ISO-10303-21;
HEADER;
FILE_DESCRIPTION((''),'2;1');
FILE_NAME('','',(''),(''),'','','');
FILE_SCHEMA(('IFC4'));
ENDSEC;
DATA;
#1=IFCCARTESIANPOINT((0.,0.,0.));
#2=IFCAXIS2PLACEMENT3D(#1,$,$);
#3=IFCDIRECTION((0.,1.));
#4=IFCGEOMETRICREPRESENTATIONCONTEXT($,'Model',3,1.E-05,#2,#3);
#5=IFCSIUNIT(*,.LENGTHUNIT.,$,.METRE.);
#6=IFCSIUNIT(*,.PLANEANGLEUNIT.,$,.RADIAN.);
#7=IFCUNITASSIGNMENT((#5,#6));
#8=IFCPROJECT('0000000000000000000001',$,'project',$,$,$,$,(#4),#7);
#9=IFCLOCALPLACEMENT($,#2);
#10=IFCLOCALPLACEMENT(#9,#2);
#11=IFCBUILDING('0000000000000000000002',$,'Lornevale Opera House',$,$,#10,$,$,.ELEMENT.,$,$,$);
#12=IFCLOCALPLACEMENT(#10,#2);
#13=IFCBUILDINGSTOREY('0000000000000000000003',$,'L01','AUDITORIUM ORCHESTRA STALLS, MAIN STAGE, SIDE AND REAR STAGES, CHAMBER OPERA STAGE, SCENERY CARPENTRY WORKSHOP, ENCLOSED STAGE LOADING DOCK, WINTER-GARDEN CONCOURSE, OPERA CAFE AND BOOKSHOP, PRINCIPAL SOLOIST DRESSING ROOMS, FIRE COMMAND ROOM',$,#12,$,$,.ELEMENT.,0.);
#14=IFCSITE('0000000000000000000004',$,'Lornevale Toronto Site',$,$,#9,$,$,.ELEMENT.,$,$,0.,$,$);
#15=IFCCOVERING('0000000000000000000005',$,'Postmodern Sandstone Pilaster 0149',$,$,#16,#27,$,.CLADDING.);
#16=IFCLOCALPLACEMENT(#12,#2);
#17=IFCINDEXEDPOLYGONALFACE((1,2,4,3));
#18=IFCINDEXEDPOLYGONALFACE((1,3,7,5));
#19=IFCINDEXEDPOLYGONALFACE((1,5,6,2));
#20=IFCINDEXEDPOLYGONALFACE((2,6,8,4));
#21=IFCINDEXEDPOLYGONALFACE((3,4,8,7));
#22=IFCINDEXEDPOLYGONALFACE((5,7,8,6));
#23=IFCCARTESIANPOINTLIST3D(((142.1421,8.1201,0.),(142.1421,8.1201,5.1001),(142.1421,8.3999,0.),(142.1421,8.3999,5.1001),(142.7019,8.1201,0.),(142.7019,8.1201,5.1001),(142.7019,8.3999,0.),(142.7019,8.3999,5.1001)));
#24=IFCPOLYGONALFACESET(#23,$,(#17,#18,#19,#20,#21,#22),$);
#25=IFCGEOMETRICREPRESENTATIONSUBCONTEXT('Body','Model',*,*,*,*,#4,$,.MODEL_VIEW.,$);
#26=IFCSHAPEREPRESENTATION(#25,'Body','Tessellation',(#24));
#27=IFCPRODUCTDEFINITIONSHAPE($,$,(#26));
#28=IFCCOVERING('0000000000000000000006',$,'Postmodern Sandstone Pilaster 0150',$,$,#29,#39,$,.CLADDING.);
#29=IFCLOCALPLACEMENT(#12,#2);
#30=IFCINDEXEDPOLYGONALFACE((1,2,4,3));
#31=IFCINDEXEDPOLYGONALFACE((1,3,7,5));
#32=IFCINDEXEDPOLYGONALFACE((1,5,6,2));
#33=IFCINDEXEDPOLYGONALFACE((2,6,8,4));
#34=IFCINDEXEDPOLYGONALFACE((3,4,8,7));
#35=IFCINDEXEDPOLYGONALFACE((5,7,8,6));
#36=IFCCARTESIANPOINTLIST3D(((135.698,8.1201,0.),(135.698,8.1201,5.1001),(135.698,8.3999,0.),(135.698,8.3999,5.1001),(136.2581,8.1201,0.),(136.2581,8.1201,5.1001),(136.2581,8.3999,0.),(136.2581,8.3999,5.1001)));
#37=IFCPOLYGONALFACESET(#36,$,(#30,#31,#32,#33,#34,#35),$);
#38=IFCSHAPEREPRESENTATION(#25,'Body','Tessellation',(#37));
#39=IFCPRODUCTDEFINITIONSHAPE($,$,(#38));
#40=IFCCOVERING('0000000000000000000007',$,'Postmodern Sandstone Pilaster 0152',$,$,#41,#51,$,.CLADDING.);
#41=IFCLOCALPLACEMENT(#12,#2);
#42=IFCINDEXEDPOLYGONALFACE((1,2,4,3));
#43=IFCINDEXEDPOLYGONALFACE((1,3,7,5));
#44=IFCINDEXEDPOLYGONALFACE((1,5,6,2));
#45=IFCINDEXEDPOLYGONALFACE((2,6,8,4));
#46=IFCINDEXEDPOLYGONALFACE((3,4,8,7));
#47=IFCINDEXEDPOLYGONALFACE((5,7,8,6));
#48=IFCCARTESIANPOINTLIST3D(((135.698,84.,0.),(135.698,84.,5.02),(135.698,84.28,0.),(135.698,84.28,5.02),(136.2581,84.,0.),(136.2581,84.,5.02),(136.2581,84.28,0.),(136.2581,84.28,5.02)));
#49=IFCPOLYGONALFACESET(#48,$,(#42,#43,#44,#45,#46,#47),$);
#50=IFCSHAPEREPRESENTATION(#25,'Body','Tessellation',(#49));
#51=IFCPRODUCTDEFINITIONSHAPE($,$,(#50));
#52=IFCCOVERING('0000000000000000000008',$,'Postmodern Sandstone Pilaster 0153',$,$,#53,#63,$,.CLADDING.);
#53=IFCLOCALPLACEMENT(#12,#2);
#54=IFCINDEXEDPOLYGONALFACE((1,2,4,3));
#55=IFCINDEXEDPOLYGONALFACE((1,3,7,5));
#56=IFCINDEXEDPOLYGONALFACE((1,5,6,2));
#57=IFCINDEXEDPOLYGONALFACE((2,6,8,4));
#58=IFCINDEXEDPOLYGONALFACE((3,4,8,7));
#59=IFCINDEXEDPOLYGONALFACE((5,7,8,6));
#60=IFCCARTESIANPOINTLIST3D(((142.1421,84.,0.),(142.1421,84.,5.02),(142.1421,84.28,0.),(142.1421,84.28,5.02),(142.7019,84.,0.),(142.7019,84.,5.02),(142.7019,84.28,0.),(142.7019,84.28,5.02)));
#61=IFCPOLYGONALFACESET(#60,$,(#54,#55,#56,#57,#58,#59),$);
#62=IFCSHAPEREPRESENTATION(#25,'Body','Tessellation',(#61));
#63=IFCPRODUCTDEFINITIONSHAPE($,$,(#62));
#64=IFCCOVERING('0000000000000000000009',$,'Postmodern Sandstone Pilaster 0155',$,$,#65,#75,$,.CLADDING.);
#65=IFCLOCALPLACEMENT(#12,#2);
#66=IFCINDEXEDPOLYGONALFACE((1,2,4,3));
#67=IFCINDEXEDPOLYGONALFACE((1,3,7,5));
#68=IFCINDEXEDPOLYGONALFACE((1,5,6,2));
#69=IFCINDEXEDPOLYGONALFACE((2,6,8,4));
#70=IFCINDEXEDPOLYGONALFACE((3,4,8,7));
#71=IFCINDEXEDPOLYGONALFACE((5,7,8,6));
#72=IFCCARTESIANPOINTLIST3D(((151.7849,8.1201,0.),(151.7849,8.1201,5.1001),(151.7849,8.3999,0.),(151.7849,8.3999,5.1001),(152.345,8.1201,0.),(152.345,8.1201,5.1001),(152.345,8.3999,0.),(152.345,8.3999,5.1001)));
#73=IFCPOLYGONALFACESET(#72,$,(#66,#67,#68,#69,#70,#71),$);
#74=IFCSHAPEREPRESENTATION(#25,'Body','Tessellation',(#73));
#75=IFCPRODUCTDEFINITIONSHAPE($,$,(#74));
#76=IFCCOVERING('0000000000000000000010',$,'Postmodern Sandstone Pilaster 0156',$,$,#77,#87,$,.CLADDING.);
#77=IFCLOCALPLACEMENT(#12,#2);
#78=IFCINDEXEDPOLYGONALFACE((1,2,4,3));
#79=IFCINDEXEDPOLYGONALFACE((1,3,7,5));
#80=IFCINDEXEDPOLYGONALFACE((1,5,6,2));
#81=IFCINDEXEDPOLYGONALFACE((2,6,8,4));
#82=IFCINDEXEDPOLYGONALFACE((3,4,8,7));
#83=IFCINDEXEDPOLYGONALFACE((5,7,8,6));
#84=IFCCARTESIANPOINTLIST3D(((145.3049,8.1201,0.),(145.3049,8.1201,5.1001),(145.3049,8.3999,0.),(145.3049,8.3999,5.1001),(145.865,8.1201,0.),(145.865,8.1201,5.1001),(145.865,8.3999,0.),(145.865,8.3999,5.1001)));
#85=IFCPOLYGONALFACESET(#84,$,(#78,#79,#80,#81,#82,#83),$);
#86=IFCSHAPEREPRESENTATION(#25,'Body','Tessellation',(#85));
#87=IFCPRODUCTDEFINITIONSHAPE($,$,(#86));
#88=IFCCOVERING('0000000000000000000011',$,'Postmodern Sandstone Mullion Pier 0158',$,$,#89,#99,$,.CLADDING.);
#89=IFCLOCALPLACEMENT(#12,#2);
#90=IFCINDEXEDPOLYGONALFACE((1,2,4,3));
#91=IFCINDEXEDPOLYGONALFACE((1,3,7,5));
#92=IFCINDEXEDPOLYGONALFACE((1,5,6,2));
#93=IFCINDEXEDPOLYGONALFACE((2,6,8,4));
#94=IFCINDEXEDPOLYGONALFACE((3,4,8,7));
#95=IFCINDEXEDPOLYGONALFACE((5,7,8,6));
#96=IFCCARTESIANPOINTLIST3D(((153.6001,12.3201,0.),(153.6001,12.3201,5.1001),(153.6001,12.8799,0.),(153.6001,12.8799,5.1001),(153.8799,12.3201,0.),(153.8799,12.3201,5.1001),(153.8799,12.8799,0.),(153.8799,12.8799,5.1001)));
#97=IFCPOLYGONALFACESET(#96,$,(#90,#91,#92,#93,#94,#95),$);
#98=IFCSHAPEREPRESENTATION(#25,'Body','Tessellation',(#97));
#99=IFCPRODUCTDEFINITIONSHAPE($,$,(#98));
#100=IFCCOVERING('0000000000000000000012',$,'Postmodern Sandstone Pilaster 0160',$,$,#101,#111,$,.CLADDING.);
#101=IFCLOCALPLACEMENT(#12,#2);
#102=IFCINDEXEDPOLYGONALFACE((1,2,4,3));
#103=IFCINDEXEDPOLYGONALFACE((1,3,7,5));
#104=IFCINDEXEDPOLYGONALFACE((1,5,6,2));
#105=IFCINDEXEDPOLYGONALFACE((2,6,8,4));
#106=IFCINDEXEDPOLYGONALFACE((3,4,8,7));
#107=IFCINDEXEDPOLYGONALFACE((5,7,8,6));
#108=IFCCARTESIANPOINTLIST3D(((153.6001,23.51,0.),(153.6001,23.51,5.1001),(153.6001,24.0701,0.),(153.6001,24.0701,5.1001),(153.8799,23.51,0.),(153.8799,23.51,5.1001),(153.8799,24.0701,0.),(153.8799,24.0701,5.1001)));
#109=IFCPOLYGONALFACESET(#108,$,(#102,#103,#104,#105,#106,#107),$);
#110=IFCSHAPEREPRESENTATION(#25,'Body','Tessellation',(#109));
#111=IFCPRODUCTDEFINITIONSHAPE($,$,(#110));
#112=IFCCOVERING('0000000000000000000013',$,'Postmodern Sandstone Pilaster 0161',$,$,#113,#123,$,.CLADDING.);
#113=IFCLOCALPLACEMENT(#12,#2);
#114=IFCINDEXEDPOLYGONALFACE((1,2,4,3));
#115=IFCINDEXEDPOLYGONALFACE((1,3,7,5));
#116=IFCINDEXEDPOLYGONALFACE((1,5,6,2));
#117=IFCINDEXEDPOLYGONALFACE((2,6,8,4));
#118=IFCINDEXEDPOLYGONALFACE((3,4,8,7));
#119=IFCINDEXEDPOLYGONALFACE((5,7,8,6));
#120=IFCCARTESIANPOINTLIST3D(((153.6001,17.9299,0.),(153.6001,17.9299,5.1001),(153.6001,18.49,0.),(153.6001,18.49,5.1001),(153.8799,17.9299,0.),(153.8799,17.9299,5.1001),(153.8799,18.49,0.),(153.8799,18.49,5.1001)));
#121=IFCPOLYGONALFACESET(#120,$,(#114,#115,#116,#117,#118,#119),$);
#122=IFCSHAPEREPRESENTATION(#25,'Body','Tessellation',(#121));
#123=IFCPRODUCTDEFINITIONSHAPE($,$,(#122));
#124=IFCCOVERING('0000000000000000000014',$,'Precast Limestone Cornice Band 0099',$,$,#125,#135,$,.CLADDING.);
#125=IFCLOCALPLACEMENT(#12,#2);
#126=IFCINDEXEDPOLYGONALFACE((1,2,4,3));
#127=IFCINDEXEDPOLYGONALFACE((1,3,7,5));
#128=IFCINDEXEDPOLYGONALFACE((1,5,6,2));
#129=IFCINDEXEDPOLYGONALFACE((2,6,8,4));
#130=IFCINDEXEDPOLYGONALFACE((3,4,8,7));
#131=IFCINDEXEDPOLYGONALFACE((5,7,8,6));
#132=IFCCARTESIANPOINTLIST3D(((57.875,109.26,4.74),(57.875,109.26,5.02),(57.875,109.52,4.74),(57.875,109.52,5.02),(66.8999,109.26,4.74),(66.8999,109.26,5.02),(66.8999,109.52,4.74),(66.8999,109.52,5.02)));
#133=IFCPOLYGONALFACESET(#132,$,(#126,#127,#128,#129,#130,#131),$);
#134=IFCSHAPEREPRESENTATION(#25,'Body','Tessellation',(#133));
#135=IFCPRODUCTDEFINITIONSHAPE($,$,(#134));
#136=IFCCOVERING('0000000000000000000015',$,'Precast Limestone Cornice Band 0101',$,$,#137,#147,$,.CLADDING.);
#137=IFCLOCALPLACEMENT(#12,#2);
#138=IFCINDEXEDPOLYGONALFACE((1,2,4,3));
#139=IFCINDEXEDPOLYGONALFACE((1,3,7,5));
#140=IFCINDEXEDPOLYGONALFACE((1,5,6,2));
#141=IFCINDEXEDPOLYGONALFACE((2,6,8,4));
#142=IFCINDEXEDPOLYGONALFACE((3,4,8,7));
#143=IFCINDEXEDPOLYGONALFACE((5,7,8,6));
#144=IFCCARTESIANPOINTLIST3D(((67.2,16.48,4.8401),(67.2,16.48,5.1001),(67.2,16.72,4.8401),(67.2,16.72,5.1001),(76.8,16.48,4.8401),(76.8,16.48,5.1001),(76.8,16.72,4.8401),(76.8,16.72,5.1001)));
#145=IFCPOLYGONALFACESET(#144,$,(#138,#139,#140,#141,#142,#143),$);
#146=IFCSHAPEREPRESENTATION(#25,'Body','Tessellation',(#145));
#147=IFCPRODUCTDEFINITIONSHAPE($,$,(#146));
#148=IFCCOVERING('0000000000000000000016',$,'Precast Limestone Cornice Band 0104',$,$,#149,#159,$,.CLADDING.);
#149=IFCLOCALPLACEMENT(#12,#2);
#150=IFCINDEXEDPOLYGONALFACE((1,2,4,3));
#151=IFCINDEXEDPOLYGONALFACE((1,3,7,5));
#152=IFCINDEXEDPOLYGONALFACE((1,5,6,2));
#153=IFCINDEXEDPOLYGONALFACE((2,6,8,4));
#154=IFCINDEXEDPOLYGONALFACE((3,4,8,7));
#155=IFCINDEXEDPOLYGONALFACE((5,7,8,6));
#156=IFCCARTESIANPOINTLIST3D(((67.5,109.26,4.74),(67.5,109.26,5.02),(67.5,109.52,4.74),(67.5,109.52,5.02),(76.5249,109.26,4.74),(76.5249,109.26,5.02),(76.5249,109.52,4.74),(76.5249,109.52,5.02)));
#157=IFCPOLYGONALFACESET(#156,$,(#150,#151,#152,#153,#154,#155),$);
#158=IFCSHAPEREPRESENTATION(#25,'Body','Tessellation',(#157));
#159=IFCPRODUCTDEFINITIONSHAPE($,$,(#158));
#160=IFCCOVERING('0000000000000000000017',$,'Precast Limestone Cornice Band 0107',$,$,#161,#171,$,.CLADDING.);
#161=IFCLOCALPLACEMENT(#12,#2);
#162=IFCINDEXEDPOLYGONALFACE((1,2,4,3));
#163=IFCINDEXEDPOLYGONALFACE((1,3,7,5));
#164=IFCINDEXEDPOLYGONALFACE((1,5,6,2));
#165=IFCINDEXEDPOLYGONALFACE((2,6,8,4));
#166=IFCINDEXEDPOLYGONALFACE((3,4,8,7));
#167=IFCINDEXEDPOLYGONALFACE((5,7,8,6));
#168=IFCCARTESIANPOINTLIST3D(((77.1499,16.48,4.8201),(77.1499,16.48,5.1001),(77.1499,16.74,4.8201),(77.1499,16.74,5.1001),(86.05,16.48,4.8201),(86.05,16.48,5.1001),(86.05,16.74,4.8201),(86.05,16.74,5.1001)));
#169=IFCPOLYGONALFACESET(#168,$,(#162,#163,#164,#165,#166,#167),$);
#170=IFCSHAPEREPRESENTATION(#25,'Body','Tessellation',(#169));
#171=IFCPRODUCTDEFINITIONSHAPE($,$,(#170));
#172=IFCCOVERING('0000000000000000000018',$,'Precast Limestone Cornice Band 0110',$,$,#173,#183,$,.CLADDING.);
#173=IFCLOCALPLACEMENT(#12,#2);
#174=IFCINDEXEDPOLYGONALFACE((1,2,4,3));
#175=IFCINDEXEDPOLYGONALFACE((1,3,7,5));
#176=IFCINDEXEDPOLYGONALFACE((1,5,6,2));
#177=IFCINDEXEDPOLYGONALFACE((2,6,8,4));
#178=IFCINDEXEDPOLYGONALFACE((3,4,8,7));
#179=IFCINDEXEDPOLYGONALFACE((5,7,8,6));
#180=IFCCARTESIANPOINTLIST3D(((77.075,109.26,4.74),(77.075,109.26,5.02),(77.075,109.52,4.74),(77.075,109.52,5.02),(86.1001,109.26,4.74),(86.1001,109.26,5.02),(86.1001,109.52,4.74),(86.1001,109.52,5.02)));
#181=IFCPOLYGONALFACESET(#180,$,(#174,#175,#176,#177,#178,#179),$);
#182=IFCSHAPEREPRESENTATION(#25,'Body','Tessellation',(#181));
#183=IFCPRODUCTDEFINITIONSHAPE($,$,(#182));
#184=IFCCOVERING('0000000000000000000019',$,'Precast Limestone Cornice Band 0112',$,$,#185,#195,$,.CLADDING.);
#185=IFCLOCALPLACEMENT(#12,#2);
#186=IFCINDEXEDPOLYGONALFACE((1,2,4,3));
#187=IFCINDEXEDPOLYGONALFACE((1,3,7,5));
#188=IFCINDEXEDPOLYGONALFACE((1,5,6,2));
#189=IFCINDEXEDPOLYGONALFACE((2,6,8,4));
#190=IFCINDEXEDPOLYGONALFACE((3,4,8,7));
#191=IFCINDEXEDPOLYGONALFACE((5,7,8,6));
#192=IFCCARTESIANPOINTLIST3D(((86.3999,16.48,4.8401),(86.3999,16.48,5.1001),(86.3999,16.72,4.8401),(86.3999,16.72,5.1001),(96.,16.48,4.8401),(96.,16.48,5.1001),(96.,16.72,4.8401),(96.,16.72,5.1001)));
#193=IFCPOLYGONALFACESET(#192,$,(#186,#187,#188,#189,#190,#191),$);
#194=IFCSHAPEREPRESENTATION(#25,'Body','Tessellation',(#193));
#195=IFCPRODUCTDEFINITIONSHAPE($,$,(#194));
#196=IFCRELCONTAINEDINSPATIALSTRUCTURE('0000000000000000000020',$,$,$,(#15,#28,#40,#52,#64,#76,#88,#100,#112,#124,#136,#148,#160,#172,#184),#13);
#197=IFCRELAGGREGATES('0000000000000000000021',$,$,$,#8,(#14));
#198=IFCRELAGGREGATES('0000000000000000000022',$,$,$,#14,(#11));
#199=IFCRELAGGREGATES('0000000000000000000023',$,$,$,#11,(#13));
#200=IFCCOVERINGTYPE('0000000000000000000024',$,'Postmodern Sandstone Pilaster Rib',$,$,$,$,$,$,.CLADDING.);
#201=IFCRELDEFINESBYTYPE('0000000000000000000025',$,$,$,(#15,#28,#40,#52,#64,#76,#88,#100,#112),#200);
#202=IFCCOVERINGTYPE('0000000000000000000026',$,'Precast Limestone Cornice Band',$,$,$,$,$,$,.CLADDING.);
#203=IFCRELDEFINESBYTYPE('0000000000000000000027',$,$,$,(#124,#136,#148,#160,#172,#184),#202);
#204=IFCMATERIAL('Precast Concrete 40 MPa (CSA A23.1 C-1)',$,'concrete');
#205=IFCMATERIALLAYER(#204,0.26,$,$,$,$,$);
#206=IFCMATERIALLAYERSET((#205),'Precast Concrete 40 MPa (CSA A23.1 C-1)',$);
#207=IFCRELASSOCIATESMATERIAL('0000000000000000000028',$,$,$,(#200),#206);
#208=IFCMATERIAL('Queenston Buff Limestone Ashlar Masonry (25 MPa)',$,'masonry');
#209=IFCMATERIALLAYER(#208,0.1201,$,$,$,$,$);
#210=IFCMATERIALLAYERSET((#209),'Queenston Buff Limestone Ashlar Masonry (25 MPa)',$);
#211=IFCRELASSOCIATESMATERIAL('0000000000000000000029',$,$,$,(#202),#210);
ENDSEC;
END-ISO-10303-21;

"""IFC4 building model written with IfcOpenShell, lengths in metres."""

from ifc_helpers import new_model, si_unit, direction, frame, origin, place, context, subcontext, project, spatial, polyline, outline, extrude, material, layer, layer_set, type_object, element, save


model = new_model("IFC4")

# Units and contexts
model_context = context("Model", 3, precision=1e-05, world=origin(), true_north=direction((0.0, 1.0)))
body_context = subcontext(model_context, "Body", "Model", "MODEL_VIEW")
ifc_project = project(units=[si_unit("LENGTHUNIT", "METRE"), si_unit("PLANEANGLEUNIT", "RADIAN")], contexts=[model_context])

# Site, building, storey
site_placement = place(None, origin())
site = spatial("IfcSite", under=ifc_project, at=site_placement, Name="Lornevale Toronto Site", CompositionType="ELEMENT", RefElevation=0.0)
building_placement = place(site_placement, origin())
building = spatial("IfcBuilding", under=site, at=building_placement, Name="Lornevale Opera House", CompositionType="ELEMENT")
storey_placement = place(building_placement, origin())
storey = spatial("IfcBuildingStorey", under=building, at=storey_placement, Name="L01", Description="AUDITORIUM ORCHESTRA STALLS, MAIN STAGE, SIDE AND REAR STAGES, CHAMBER OPERA STAGE, SCENERY CARPENTRY WORKSHOP, ENCLOSED STAGE LOADING DOCK, WINTER-GARDEN CONCOURSE, OPERA CAFE AND BOOKSHOP, PRINCIPAL SOLOIST DRESSING ROOMS, FIRE COMMAND ROOM", CompositionType="ELEMENT", Elevation=0.0)

# Coverings
ifc_material_1 = material(Name="Precast Concrete 40 MPa (CSA A23.1 C-1)", Category="concrete")
ifc_layer_1 = layer(ifc_material_1, 0.26)
ifc_layer_set_1 = layer_set([ifc_layer_1], Name="Precast Concrete 40 MPa (CSA A23.1 C-1)")
covering_type_1 = type_object("IfcCoveringType", Name="Postmodern Sandstone Pilaster Rib", PredefinedType="CLADDING", material=ifc_layer_set_1)
covering_1_placement = place(storey_placement, origin())
element("IfcCovering", 1, at=covering_1_placement, inside=storey, type_object=covering_type_1, Name="Postmodern Sandstone Pilaster 0149", PredefinedType="CLADDING", context=body_context, shape_type="SweptSolid", body=[
    extrude(outline(polyline([(142.7019, 8.3999), (142.1421, 8.3999), (142.1421, 8.1201), (142.7019, 8.1201), (142.7019, 8.3999)])), origin(), (0.0, 0.0, 1.0), 5.1001),
])
covering_2_placement = place(storey_placement, origin())
element("IfcCovering", 2, at=covering_2_placement, inside=storey, type_object=covering_type_1, Name="Postmodern Sandstone Pilaster 0150", PredefinedType="CLADDING", context=body_context, shape_type="SweptSolid", body=[
    extrude(outline(polyline([(136.2581, 8.3999), (135.698, 8.3999), (135.698, 8.1201), (136.2581, 8.1201), (136.2581, 8.3999)])), origin(), (0.0, 0.0, 1.0), 5.1001),
])
covering_3_placement = place(storey_placement, origin())
element("IfcCovering", 3, at=covering_3_placement, inside=storey, type_object=covering_type_1, Name="Postmodern Sandstone Pilaster 0152", PredefinedType="CLADDING", context=body_context, shape_type="SweptSolid", body=[
    extrude(outline(polyline([(135.698, 84.0), (136.2581, 84.0), (136.2581, 84.28), (135.698, 84.28), (135.698, 84.0)])), origin(), (0.0, 0.0, 1.0), 5.02),
])
covering_4_placement = place(storey_placement, origin())
element("IfcCovering", 4, at=covering_4_placement, inside=storey, type_object=covering_type_1, Name="Postmodern Sandstone Pilaster 0153", PredefinedType="CLADDING", context=body_context, shape_type="SweptSolid", body=[
    extrude(outline(polyline([(142.1421, 84.0), (142.7019, 84.0), (142.7019, 84.28), (142.1421, 84.28), (142.1421, 84.0)])), origin(), (0.0, 0.0, 1.0), 5.02),
])
covering_5_placement = place(storey_placement, origin())
element("IfcCovering", 5, at=covering_5_placement, inside=storey, type_object=covering_type_1, Name="Postmodern Sandstone Pilaster 0155", PredefinedType="CLADDING", context=body_context, shape_type="SweptSolid", body=[
    extrude(outline(polyline([(152.345, 8.3999), (151.7849, 8.3999), (151.7849, 8.1201), (152.345, 8.1201), (152.345, 8.3999)])), origin(), (0.0, 0.0, 1.0), 5.1001),
])
covering_6_placement = place(storey_placement, origin())
element("IfcCovering", 6, at=covering_6_placement, inside=storey, type_object=covering_type_1, Name="Postmodern Sandstone Pilaster 0156", PredefinedType="CLADDING", context=body_context, shape_type="SweptSolid", body=[
    extrude(outline(polyline([(145.865, 8.3999), (145.3049, 8.3999), (145.3049, 8.1201), (145.865, 8.1201), (145.865, 8.3999)])), origin(), (0.0, 0.0, 1.0), 5.1001),
])
covering_7_placement = place(storey_placement, origin())
element("IfcCovering", 7, at=covering_7_placement, inside=storey, type_object=covering_type_1, Name="Postmodern Sandstone Mullion Pier 0158", PredefinedType="CLADDING", context=body_context, shape_type="SweptSolid", body=[
    extrude(outline(polyline([(153.6001, 12.8799), (153.6001, 12.3201), (153.8799, 12.3201), (153.8799, 12.8799), (153.6001, 12.8799)])), origin(), (0.0, 0.0, 1.0), 5.1001),
])
covering_8_placement = place(storey_placement, origin())
element("IfcCovering", 8, at=covering_8_placement, inside=storey, type_object=covering_type_1, Name="Postmodern Sandstone Pilaster 0160", PredefinedType="CLADDING", context=body_context, shape_type="SweptSolid", body=[
    extrude(outline(polyline([(153.6001, 24.0701), (153.6001, 23.51), (153.8799, 23.51), (153.8799, 24.0701), (153.6001, 24.0701)])), origin(), (0.0, 0.0, 1.0), 5.1001),
])
covering_9_placement = place(storey_placement, origin())
element("IfcCovering", 9, at=covering_9_placement, inside=storey, type_object=covering_type_1, Name="Postmodern Sandstone Pilaster 0161", PredefinedType="CLADDING", context=body_context, shape_type="SweptSolid", body=[
    extrude(outline(polyline([(153.6001, 18.49), (153.6001, 17.9299), (153.8799, 17.9299), (153.8799, 18.49), (153.6001, 18.49)])), origin(), (0.0, 0.0, 1.0), 5.1001),
])
ifc_material_2 = material(Name="Queenston Buff Limestone Ashlar Masonry (25 MPa)", Category="masonry")
ifc_layer_2 = layer(ifc_material_2, 0.1201)
ifc_layer_set_2 = layer_set([ifc_layer_2], Name="Queenston Buff Limestone Ashlar Masonry (25 MPa)")
covering_type_2 = type_object("IfcCoveringType", Name="Precast Limestone Cornice Band", PredefinedType="CLADDING", material=ifc_layer_set_2)
covering_10_placement = place(storey_placement, frame((0.0, 0.0, 4.74)))
element("IfcCovering", 10, at=covering_10_placement, inside=storey, type_object=covering_type_2, Name="Precast Limestone Cornice Band 0099", PredefinedType="CLADDING", context=body_context, shape_type="SweptSolid", body=[
    extrude(outline(polyline([(57.875, 109.26), (66.8999, 109.26), (66.8999, 109.52), (57.875, 109.52), (57.875, 109.26)])), origin(), (0.0, 0.0, 1.0), 0.28),
])
covering_11_placement = place(storey_placement, frame((0.0, 0.0, 4.8401)))
element("IfcCovering", 11, at=covering_11_placement, inside=storey, type_object=covering_type_2, Name="Precast Limestone Cornice Band 0101", PredefinedType="CLADDING", context=body_context, shape_type="SweptSolid", body=[
    extrude(outline(polyline([(76.8, 16.72), (67.2, 16.72), (67.2, 16.48), (76.8, 16.48), (76.8, 16.72)])), origin(), (0.0, 0.0, 1.0), 0.26),
])
covering_12_placement = place(storey_placement, frame((0.0, 0.0, 4.74)))
element("IfcCovering", 12, at=covering_12_placement, inside=storey, type_object=covering_type_2, Name="Precast Limestone Cornice Band 0104", PredefinedType="CLADDING", context=body_context, shape_type="SweptSolid", body=[
    extrude(outline(polyline([(67.5, 109.26), (76.5249, 109.26), (76.5249, 109.52), (67.5, 109.52), (67.5, 109.26)])), origin(), (0.0, 0.0, 1.0), 0.28),
])
covering_13_placement = place(storey_placement, frame((0.0, 0.0, 4.8201)))
element("IfcCovering", 13, at=covering_13_placement, inside=storey, type_object=covering_type_2, Name="Precast Limestone Cornice Band 0107", PredefinedType="CLADDING", context=body_context, shape_type="SweptSolid", body=[
    extrude(outline(polyline([(86.05, 16.74), (77.1499, 16.74), (77.1499, 16.48), (86.05, 16.48), (86.05, 16.74)])), origin(), (0.0, 0.0, 1.0), 0.28),
])
covering_14_placement = place(storey_placement, frame((0.0, 0.0, 4.74)))
element("IfcCovering", 14, at=covering_14_placement, inside=storey, type_object=covering_type_2, Name="Precast Limestone Cornice Band 0110", PredefinedType="CLADDING", context=body_context, shape_type="SweptSolid", body=[
    extrude(outline(polyline([(77.075, 109.26), (86.1001, 109.26), (86.1001, 109.52), (77.075, 109.52), (77.075, 109.26)])), origin(), (0.0, 0.0, 1.0), 0.28),
])
covering_15_placement = place(storey_placement, frame((0.0, 0.0, 4.8401)))
element("IfcCovering", 15, at=covering_15_placement, inside=storey, type_object=covering_type_2, Name="Precast Limestone Cornice Band 0112", PredefinedType="CLADDING", context=body_context, shape_type="SweptSolid", body=[
    extrude(outline(polyline([(96.0, 16.72), (86.3999, 16.72), (86.3999, 16.48), (96.0, 16.48), (96.0, 16.72)])), origin(), (0.0, 0.0, 1.0), 0.26),
])

save(model, "model.ifc")
